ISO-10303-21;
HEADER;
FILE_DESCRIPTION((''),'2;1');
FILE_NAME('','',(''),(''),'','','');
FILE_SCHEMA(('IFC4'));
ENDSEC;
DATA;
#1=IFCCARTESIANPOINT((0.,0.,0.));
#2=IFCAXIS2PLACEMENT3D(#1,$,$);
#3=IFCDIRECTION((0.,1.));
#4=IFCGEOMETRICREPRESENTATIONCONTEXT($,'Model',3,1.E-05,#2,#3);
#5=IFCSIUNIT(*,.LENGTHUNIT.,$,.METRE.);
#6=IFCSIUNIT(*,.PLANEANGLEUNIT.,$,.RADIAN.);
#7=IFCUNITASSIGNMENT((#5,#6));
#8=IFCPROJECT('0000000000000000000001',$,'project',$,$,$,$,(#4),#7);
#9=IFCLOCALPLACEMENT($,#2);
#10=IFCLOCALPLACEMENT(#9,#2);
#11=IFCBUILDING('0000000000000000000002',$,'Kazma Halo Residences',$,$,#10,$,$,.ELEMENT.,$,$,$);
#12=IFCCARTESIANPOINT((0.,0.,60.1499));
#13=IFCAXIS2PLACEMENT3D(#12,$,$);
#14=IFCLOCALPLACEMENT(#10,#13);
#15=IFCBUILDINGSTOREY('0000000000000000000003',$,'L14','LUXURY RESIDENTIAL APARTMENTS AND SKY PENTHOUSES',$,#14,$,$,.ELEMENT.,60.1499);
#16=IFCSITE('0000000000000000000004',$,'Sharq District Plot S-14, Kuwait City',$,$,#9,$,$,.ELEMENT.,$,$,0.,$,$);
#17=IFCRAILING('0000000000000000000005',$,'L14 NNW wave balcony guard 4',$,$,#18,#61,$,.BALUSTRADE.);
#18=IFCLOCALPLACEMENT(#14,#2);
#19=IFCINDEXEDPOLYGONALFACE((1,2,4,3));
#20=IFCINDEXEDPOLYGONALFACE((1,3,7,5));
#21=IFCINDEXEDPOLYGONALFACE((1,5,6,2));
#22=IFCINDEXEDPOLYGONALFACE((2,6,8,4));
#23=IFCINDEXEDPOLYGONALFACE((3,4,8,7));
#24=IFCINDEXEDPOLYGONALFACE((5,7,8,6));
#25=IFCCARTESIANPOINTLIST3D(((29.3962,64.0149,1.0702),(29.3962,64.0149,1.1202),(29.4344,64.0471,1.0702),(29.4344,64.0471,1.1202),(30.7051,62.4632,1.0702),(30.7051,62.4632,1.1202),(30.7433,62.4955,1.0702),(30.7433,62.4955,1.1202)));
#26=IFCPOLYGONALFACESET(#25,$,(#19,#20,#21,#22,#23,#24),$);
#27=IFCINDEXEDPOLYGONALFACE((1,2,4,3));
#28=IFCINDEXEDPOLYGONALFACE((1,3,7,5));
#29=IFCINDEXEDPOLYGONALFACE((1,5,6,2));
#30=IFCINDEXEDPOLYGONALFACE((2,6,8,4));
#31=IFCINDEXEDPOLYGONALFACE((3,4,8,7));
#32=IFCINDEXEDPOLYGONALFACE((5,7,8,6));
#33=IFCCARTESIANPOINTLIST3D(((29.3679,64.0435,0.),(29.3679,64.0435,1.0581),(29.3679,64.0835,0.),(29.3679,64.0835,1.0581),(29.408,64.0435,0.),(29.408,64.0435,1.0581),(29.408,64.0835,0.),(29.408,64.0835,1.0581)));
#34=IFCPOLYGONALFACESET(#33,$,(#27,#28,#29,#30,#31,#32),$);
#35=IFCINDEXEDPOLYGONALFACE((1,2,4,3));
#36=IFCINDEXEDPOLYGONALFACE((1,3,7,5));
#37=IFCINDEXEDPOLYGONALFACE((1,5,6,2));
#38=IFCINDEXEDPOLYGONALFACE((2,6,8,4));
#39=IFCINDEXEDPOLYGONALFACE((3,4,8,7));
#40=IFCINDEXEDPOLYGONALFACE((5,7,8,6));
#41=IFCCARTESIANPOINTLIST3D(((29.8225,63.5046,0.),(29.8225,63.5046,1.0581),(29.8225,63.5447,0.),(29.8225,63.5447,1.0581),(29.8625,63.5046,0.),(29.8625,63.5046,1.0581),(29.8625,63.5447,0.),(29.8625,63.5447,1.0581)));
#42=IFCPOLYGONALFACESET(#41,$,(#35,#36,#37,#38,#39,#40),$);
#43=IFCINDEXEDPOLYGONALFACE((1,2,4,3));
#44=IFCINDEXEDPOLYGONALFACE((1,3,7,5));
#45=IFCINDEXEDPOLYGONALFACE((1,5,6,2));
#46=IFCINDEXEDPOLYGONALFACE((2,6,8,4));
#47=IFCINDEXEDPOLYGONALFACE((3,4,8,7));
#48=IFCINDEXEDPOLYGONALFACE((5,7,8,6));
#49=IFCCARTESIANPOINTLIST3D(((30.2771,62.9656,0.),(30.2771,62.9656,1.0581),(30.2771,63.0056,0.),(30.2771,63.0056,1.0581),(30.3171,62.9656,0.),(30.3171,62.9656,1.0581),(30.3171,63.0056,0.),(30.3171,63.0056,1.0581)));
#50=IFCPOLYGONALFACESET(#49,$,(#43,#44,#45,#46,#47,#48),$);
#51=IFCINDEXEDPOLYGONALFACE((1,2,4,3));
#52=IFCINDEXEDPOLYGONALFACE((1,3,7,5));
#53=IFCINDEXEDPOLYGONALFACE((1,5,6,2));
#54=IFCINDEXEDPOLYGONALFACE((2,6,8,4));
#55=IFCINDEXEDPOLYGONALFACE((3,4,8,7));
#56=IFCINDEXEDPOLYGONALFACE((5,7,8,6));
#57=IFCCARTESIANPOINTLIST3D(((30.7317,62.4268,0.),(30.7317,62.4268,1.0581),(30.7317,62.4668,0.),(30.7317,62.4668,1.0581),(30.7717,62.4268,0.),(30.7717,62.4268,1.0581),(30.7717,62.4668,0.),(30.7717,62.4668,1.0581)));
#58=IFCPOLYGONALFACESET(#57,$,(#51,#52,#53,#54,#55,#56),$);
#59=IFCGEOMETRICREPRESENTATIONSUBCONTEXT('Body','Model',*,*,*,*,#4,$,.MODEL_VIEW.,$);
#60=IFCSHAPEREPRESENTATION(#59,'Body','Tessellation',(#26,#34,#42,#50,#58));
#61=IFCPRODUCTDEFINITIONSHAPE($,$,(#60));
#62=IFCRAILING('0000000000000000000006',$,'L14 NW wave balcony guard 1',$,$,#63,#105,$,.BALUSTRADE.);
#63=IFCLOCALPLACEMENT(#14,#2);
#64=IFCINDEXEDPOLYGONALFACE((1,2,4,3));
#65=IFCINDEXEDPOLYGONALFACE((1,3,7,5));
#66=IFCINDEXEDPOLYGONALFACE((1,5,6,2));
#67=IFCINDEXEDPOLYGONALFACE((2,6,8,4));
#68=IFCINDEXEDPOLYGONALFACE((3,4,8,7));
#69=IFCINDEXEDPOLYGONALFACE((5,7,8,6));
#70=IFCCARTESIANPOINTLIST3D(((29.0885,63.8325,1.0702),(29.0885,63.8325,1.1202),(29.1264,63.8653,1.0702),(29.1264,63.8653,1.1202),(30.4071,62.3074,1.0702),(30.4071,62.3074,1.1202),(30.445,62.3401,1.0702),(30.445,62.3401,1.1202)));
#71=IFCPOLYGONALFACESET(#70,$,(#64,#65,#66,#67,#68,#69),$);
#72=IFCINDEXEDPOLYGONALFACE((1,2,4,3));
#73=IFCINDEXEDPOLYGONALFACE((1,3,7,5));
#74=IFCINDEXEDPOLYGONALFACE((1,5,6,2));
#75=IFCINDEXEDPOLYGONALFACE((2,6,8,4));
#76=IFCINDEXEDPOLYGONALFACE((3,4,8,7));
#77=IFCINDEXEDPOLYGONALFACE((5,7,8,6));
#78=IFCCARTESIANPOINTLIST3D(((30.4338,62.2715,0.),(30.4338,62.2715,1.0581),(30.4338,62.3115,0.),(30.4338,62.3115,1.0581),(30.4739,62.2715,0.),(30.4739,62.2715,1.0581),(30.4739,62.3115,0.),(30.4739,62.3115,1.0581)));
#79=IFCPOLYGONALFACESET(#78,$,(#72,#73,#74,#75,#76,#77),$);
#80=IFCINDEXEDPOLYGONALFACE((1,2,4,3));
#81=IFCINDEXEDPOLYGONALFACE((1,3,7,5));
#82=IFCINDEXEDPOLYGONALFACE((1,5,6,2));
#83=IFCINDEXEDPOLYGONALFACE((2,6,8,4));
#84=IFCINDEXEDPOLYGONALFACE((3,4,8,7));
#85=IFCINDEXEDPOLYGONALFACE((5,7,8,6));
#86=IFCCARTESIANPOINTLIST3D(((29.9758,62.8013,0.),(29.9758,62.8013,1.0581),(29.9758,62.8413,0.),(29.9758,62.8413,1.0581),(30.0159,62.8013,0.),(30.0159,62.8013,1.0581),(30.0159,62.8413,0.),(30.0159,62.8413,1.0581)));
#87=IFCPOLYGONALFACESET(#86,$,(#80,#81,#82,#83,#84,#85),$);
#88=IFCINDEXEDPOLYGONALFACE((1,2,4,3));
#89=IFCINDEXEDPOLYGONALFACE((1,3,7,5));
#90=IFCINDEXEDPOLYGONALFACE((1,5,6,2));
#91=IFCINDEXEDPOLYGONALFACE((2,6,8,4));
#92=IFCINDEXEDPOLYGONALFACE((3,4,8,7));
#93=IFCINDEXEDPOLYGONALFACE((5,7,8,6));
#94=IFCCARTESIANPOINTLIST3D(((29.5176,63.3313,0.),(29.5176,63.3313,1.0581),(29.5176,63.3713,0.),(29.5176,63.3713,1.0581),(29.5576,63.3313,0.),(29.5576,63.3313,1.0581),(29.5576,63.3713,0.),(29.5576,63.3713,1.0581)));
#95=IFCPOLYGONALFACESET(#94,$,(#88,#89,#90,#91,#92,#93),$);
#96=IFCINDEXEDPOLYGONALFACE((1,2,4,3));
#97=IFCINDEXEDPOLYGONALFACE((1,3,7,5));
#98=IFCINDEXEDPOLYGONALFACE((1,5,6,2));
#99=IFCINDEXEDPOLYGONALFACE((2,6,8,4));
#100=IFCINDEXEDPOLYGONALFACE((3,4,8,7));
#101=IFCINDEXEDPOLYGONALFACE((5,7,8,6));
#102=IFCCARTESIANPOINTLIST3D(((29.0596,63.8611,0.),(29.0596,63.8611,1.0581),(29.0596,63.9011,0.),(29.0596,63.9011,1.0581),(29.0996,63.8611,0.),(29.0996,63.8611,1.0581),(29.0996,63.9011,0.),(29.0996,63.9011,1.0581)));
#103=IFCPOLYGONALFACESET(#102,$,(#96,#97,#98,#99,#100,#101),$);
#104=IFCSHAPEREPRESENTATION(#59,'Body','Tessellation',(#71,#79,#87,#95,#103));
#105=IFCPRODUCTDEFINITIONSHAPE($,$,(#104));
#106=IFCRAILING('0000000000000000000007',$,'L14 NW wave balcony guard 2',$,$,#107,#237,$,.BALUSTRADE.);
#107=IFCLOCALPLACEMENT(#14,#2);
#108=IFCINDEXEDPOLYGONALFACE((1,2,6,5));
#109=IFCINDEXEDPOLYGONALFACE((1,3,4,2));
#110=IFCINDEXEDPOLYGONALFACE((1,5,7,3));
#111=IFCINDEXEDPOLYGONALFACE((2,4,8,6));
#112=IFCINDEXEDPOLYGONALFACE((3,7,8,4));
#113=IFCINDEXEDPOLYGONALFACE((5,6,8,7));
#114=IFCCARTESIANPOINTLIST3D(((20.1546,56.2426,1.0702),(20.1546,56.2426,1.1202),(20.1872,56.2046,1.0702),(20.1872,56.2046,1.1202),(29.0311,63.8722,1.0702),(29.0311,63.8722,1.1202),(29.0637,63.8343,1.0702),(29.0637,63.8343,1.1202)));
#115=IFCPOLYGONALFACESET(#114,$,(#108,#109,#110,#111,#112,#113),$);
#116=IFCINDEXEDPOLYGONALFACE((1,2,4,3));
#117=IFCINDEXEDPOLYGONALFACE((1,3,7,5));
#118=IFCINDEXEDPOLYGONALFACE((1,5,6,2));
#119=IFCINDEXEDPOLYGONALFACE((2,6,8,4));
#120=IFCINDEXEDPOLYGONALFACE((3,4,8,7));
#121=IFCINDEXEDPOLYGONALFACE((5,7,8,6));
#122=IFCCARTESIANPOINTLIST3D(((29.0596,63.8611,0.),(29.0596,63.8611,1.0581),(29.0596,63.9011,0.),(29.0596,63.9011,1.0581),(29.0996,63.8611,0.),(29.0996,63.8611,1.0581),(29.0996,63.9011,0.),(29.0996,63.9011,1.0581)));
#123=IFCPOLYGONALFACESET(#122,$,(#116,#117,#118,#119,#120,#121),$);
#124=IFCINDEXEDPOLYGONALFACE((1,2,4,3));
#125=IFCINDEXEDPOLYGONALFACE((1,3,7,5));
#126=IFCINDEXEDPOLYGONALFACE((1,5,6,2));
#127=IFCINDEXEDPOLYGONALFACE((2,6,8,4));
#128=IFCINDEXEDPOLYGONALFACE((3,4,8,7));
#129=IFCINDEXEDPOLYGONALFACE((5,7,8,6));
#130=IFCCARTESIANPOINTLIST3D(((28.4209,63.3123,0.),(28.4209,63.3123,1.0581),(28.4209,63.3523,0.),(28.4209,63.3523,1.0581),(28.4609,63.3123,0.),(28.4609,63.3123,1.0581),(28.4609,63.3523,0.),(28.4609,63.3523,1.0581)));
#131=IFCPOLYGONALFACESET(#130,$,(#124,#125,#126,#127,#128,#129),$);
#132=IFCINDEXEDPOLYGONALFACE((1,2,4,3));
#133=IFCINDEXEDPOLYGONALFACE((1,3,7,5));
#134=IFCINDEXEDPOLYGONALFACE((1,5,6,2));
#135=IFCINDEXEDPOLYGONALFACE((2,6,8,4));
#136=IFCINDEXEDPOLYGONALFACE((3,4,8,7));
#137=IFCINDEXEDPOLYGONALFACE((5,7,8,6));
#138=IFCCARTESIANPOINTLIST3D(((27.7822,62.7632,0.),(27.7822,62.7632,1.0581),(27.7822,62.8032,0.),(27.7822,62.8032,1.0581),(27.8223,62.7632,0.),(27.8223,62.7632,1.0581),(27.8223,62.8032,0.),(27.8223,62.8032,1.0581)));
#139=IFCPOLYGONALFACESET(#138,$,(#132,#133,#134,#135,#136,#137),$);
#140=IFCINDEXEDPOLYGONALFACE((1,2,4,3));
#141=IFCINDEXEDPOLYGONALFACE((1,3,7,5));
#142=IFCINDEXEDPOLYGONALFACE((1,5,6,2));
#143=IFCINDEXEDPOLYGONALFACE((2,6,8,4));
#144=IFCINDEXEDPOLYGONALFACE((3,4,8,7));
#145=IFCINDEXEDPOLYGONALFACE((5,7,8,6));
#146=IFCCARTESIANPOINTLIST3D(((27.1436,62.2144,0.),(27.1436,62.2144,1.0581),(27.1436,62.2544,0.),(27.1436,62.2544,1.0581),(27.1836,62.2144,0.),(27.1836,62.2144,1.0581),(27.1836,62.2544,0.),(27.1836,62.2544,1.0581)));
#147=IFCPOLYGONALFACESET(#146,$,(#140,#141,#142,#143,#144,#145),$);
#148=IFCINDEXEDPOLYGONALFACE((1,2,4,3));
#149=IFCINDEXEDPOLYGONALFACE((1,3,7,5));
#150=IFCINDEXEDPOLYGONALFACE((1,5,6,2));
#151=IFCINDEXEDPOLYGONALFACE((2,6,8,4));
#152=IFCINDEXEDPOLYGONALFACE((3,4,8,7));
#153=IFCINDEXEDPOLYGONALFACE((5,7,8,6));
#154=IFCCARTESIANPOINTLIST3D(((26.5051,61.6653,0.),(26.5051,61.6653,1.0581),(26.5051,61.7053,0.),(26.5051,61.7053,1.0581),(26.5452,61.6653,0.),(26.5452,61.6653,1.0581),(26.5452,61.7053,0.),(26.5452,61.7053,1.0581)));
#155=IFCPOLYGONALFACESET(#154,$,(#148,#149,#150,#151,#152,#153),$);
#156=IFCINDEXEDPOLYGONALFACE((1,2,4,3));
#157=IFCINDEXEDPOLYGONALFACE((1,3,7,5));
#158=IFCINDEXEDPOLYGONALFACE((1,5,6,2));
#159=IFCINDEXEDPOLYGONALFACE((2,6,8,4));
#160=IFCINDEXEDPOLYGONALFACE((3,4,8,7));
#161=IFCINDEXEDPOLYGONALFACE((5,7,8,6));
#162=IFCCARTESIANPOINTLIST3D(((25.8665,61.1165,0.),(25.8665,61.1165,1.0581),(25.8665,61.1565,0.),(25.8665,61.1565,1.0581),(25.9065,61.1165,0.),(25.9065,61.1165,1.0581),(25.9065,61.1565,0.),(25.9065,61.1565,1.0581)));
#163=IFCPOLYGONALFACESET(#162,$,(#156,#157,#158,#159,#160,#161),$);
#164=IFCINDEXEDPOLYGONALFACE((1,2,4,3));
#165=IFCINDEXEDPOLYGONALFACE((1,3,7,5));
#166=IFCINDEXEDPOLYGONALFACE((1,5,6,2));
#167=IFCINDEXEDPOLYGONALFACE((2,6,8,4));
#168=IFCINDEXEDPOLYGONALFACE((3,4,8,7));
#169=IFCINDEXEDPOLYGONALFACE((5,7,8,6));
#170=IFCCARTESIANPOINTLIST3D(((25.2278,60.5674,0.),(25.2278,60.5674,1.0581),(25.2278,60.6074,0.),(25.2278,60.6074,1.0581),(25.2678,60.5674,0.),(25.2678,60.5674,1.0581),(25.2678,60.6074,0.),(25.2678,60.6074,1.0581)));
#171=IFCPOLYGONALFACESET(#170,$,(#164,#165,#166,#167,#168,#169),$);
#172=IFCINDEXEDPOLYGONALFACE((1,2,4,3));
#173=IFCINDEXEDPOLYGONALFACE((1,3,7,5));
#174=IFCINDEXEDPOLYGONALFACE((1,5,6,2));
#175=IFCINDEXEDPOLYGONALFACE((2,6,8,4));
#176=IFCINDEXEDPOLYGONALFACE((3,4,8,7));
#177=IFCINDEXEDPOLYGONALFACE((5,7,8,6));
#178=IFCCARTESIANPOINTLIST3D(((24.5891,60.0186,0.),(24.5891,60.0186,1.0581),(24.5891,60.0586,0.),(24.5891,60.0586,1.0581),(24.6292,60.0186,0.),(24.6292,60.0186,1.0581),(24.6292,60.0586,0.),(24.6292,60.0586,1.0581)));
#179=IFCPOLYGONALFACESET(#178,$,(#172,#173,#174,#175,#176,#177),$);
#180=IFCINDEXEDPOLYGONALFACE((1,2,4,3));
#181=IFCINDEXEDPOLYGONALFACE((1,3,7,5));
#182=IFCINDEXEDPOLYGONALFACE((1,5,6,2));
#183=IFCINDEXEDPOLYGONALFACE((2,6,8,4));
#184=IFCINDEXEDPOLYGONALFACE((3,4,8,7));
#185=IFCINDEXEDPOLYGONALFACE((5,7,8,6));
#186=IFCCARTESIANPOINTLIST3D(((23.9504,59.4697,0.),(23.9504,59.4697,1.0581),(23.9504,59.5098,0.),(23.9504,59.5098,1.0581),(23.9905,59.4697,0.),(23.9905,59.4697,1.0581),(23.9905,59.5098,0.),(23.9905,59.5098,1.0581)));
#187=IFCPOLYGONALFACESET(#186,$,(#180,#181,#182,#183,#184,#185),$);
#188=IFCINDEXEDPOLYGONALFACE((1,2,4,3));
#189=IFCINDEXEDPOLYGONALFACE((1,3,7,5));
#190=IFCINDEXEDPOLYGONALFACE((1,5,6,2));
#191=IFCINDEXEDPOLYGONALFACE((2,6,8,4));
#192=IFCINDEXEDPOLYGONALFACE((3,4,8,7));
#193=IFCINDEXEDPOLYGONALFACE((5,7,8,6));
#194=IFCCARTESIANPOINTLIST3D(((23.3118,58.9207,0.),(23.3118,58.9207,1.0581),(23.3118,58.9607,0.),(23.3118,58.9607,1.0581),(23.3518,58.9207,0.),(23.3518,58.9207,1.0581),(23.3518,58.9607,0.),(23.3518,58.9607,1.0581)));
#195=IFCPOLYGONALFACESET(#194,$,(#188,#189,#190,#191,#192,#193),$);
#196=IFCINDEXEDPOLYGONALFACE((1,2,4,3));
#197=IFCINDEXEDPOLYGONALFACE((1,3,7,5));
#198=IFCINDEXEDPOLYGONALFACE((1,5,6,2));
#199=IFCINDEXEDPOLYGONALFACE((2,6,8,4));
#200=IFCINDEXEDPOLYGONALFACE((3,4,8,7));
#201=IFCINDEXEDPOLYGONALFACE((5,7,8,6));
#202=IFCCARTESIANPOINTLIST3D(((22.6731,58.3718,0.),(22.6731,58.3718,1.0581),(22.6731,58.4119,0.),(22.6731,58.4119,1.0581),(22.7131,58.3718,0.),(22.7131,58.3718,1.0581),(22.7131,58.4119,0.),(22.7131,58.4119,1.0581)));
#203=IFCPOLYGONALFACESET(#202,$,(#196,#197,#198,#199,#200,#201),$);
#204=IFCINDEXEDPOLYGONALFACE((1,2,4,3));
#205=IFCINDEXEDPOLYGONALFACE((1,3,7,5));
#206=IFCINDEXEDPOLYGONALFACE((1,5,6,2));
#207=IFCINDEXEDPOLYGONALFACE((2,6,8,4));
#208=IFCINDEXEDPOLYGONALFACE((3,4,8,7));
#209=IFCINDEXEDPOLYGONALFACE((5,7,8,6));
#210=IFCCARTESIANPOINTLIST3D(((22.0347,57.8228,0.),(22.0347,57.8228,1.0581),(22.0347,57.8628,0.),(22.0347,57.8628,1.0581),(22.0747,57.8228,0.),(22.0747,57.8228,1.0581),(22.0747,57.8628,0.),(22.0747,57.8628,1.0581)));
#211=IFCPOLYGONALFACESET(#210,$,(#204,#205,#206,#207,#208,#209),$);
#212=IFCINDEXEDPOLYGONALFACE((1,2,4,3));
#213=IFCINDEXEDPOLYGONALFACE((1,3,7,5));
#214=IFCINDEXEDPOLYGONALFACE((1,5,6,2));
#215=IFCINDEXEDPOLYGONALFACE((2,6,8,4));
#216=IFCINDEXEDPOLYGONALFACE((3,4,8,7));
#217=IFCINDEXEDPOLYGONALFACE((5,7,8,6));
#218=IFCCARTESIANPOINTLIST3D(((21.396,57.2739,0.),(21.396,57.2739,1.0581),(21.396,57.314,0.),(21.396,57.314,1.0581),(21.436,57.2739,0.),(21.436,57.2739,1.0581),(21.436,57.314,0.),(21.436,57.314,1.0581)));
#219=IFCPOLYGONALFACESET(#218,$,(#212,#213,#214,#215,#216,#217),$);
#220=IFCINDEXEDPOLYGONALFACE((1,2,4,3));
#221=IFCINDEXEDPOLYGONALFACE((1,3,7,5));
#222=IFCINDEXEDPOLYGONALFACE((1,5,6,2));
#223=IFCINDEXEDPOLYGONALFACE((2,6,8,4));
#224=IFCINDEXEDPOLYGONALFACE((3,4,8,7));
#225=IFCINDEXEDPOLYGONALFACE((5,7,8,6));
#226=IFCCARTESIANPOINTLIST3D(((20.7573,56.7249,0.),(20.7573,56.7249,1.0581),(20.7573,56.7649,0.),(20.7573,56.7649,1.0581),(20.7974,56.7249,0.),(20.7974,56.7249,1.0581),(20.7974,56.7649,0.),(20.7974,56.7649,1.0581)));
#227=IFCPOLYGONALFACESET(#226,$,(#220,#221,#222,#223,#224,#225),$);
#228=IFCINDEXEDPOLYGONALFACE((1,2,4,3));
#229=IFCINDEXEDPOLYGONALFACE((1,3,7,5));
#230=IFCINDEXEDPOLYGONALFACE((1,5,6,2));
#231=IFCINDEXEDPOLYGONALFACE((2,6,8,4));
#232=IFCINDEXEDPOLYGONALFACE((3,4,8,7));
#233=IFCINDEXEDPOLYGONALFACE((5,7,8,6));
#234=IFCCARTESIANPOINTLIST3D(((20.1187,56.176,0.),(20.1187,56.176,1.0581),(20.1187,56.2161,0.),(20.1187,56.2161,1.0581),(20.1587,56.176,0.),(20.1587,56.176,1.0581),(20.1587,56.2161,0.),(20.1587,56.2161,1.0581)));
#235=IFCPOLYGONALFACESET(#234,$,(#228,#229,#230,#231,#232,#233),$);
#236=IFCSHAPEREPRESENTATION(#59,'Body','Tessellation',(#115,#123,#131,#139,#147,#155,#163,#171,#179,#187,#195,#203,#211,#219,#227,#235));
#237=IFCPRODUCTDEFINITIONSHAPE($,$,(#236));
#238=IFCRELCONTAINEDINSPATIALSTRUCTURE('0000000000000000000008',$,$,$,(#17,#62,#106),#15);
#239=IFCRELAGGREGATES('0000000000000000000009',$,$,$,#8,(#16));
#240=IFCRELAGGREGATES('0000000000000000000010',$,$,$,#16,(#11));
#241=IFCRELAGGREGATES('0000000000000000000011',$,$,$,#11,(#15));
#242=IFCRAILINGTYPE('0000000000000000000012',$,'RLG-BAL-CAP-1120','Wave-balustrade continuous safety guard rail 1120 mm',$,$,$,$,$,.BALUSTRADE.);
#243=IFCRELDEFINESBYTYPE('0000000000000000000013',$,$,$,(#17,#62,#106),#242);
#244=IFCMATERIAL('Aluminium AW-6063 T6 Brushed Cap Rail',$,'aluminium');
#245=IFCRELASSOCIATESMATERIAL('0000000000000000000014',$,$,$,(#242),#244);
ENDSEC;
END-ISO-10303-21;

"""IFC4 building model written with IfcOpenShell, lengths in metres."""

from ifc_helpers import new_model, si_unit, direction, frame, origin, origin_2d, place, context, subcontext, project, spatial, rectangle, extrude, material, type_object, element, save


model = new_model("IFC4")

# Units and contexts
model_context = context("Model", 3, precision=1e-05, world=origin(), true_north=direction((0.0, 1.0)))
body_context = subcontext(model_context, "Body", "Model", "MODEL_VIEW")
ifc_project = project(units=[si_unit("LENGTHUNIT", "METRE"), si_unit("PLANEANGLEUNIT", "RADIAN")], contexts=[model_context])

# Site, building, storey
site_placement = place(None, origin())
site = spatial("IfcSite", under=ifc_project, at=site_placement, Name="Sharq District Plot S-14, Kuwait City", CompositionType="ELEMENT", RefElevation=0.0)
building_placement = place(site_placement, origin())
building = spatial("IfcBuilding", under=site, at=building_placement, Name="Kazma Halo Residences", CompositionType="ELEMENT")
storey_placement = place(building_placement, frame((0.0, 0.0, 60.1499)))
storey = spatial("IfcBuildingStorey", under=building, at=storey_placement, Name="L14", Description="LUXURY RESIDENTIAL APARTMENTS AND SKY PENTHOUSES", CompositionType="ELEMENT", Elevation=60.1499)

# Railings
ifc_material_1 = material(Name="Aluminium AW-6063 T6 Brushed Cap Rail", Category="aluminium")
railing_type = type_object("IfcRailingType", Name="RLG-BAL-CAP-1120", Description="Wave-balustrade continuous safety guard rail 1120 mm", PredefinedType="BALUSTRADE", material=ifc_material_1)
railing_1_placement = place(storey_placement, frame((29.3879, 64.0635, 0.0)))
element("IfcRailing", 1, at=railing_1_placement, inside=storey, type_object=railing_type, Name="L14 NNW wave balcony guard 4", PredefinedType="BALUSTRADE", context=body_context, shape_type="SweptSolid", body=[
    extrude(rectangle(XDim=0.05, YDim=0.05, at=origin_2d()), frame((0.0273, -0.0325, 1.0952), z_axis=(0.644782, -0.764366, 0.0), x_axis=(0.764366, 0.644782, 0.0)), (0.0, 0.0, 1.0), 2.03),
    extrude(rectangle(XDim=0.04, YDim=0.04, at=origin_2d()), origin(), (0.0, 0.0, 1.0), 1.0581),
    extrude(rectangle(XDim=0.04, YDim=0.04, at=origin_2d()), frame((0.4546, -0.5388, 0.0)), (0.0, 0.0, 1.0), 1.0581),
    extrude(rectangle(XDim=0.04, YDim=0.04, at=origin_2d()), frame((0.9092, -1.0779, 0.0)), (0.0, 0.0, 1.0), 1.0581),
    extrude(rectangle(XDim=0.04, YDim=0.04, at=origin_2d()), frame((1.3638, -1.6167, 0.0)), (0.0, 0.0, 1.0), 1.0581),
])
railing_2_placement = place(storey_placement, frame((30.4539, 62.2915, 0.0)))
element("IfcRailing", 2, at=railing_2_placement, inside=storey, type_object=railing_type, Name="L14 NW wave balcony guard 1", PredefinedType="BALUSTRADE", context=body_context, shape_type="SweptSolid", body=[
    extrude(rectangle(XDim=0.05, YDim=0.05, at=origin_2d()), frame((-0.0278, 0.0322, 1.0952), z_axis=(-0.65401, 0.756486, 0.0), x_axis=(-0.756486, -0.65401, 0.0)), (0.0, 0.0, 1.0), 2.0161),
    extrude(rectangle(XDim=0.04, YDim=0.04, at=origin_2d()), origin(), (0.0, 0.0, 1.0), 1.0581),
    extrude(rectangle(XDim=0.04, YDim=0.04, at=origin_2d()), frame((-0.458, 0.5298, 0.0)), (0.0, 0.0, 1.0), 1.0581),
    extrude(rectangle(XDim=0.04, YDim=0.04, at=origin_2d()), frame((-0.9163, 1.0598, 0.0)), (0.0, 0.0, 1.0), 1.0581),
    extrude(rectangle(XDim=0.04, YDim=0.04, at=origin_2d()), frame((-1.3743, 1.5896, 0.0)), (0.0, 0.0, 1.0), 1.0581),
])
railing_3_placement = place(storey_placement, frame((29.0796, 63.8811, 0.0)))
element("IfcRailing", 3, at=railing_3_placement, inside=storey, type_object=railing_type, Name="L14 NW wave balcony guard 2", PredefinedType="BALUSTRADE", context=body_context, shape_type="SweptSolid", body=[
    extrude(rectangle(XDim=0.05, YDim=0.05, at=origin_2d()), frame((-0.0322, -0.0278, 1.0952), z_axis=(-0.758358, -0.651838, 0.0), x_axis=(0.651838, -0.758358, 0.0)), (0.0, 0.0, 1.0), 11.7048),
    extrude(rectangle(XDim=0.04, YDim=0.04, at=origin_2d()), origin(), (0.0, 0.0, 1.0), 1.0581),
    extrude(rectangle(XDim=0.04, YDim=0.04, at=origin_2d()), frame((-0.6387, -0.5488, 0.0)), (0.0, 0.0, 1.0), 1.0581),
    extrude(rectangle(XDim=0.04, YDim=0.04, at=origin_2d()), frame((-1.2773, -1.0979, 0.0)), (0.0, 0.0, 1.0), 1.0581),
    extrude(rectangle(XDim=0.04, YDim=0.04, at=origin_2d()), frame((-1.916, -1.6467, 0.0)), (0.0, 0.0, 1.0), 1.0581),
    extrude(rectangle(XDim=0.04, YDim=0.04, at=origin_2d()), frame((-2.5544, -2.1958, 0.0)), (0.0, 0.0, 1.0), 1.0581),
    extrude(rectangle(XDim=0.04, YDim=0.04, at=origin_2d()), frame((-3.1931, -2.7446, 0.0)), (0.0, 0.0, 1.0), 1.0581),
    extrude(rectangle(XDim=0.04, YDim=0.04, at=origin_2d()), frame((-3.8318, -3.2937, 0.0)), (0.0, 0.0, 1.0), 1.0581),
    extrude(rectangle(XDim=0.04, YDim=0.04, at=origin_2d()), frame((-4.4705, -3.8425, 0.0)), (0.0, 0.0, 1.0), 1.0581),
    extrude(rectangle(XDim=0.04, YDim=0.04, at=origin_2d()), frame((-5.1091, -4.3914, 0.0)), (0.0, 0.0, 1.0), 1.0581),
    extrude(rectangle(XDim=0.04, YDim=0.04, at=origin_2d()), frame((-5.7478, -4.9404, 0.0)), (0.0, 0.0, 1.0), 1.0581),
    extrude(rectangle(XDim=0.04, YDim=0.04, at=origin_2d()), frame((-6.3865, -5.4893, 0.0)), (0.0, 0.0, 1.0), 1.0581),
    extrude(rectangle(XDim=0.04, YDim=0.04, at=origin_2d()), frame((-7.0249, -6.0383, 0.0)), (0.0, 0.0, 1.0), 1.0581),
    extrude(rectangle(XDim=0.04, YDim=0.04, at=origin_2d()), frame((-7.6636, -6.5872, 0.0)), (0.0, 0.0, 1.0), 1.0581),
    extrude(rectangle(XDim=0.04, YDim=0.04, at=origin_2d()), frame((-8.3022, -7.1362, 0.0)), (0.0, 0.0, 1.0), 1.0581),
    extrude(rectangle(XDim=0.04, YDim=0.04, at=origin_2d()), frame((-8.9409, -7.6851, 0.0)), (0.0, 0.0, 1.0), 1.0581),
])

save(model, "model.ifc")
